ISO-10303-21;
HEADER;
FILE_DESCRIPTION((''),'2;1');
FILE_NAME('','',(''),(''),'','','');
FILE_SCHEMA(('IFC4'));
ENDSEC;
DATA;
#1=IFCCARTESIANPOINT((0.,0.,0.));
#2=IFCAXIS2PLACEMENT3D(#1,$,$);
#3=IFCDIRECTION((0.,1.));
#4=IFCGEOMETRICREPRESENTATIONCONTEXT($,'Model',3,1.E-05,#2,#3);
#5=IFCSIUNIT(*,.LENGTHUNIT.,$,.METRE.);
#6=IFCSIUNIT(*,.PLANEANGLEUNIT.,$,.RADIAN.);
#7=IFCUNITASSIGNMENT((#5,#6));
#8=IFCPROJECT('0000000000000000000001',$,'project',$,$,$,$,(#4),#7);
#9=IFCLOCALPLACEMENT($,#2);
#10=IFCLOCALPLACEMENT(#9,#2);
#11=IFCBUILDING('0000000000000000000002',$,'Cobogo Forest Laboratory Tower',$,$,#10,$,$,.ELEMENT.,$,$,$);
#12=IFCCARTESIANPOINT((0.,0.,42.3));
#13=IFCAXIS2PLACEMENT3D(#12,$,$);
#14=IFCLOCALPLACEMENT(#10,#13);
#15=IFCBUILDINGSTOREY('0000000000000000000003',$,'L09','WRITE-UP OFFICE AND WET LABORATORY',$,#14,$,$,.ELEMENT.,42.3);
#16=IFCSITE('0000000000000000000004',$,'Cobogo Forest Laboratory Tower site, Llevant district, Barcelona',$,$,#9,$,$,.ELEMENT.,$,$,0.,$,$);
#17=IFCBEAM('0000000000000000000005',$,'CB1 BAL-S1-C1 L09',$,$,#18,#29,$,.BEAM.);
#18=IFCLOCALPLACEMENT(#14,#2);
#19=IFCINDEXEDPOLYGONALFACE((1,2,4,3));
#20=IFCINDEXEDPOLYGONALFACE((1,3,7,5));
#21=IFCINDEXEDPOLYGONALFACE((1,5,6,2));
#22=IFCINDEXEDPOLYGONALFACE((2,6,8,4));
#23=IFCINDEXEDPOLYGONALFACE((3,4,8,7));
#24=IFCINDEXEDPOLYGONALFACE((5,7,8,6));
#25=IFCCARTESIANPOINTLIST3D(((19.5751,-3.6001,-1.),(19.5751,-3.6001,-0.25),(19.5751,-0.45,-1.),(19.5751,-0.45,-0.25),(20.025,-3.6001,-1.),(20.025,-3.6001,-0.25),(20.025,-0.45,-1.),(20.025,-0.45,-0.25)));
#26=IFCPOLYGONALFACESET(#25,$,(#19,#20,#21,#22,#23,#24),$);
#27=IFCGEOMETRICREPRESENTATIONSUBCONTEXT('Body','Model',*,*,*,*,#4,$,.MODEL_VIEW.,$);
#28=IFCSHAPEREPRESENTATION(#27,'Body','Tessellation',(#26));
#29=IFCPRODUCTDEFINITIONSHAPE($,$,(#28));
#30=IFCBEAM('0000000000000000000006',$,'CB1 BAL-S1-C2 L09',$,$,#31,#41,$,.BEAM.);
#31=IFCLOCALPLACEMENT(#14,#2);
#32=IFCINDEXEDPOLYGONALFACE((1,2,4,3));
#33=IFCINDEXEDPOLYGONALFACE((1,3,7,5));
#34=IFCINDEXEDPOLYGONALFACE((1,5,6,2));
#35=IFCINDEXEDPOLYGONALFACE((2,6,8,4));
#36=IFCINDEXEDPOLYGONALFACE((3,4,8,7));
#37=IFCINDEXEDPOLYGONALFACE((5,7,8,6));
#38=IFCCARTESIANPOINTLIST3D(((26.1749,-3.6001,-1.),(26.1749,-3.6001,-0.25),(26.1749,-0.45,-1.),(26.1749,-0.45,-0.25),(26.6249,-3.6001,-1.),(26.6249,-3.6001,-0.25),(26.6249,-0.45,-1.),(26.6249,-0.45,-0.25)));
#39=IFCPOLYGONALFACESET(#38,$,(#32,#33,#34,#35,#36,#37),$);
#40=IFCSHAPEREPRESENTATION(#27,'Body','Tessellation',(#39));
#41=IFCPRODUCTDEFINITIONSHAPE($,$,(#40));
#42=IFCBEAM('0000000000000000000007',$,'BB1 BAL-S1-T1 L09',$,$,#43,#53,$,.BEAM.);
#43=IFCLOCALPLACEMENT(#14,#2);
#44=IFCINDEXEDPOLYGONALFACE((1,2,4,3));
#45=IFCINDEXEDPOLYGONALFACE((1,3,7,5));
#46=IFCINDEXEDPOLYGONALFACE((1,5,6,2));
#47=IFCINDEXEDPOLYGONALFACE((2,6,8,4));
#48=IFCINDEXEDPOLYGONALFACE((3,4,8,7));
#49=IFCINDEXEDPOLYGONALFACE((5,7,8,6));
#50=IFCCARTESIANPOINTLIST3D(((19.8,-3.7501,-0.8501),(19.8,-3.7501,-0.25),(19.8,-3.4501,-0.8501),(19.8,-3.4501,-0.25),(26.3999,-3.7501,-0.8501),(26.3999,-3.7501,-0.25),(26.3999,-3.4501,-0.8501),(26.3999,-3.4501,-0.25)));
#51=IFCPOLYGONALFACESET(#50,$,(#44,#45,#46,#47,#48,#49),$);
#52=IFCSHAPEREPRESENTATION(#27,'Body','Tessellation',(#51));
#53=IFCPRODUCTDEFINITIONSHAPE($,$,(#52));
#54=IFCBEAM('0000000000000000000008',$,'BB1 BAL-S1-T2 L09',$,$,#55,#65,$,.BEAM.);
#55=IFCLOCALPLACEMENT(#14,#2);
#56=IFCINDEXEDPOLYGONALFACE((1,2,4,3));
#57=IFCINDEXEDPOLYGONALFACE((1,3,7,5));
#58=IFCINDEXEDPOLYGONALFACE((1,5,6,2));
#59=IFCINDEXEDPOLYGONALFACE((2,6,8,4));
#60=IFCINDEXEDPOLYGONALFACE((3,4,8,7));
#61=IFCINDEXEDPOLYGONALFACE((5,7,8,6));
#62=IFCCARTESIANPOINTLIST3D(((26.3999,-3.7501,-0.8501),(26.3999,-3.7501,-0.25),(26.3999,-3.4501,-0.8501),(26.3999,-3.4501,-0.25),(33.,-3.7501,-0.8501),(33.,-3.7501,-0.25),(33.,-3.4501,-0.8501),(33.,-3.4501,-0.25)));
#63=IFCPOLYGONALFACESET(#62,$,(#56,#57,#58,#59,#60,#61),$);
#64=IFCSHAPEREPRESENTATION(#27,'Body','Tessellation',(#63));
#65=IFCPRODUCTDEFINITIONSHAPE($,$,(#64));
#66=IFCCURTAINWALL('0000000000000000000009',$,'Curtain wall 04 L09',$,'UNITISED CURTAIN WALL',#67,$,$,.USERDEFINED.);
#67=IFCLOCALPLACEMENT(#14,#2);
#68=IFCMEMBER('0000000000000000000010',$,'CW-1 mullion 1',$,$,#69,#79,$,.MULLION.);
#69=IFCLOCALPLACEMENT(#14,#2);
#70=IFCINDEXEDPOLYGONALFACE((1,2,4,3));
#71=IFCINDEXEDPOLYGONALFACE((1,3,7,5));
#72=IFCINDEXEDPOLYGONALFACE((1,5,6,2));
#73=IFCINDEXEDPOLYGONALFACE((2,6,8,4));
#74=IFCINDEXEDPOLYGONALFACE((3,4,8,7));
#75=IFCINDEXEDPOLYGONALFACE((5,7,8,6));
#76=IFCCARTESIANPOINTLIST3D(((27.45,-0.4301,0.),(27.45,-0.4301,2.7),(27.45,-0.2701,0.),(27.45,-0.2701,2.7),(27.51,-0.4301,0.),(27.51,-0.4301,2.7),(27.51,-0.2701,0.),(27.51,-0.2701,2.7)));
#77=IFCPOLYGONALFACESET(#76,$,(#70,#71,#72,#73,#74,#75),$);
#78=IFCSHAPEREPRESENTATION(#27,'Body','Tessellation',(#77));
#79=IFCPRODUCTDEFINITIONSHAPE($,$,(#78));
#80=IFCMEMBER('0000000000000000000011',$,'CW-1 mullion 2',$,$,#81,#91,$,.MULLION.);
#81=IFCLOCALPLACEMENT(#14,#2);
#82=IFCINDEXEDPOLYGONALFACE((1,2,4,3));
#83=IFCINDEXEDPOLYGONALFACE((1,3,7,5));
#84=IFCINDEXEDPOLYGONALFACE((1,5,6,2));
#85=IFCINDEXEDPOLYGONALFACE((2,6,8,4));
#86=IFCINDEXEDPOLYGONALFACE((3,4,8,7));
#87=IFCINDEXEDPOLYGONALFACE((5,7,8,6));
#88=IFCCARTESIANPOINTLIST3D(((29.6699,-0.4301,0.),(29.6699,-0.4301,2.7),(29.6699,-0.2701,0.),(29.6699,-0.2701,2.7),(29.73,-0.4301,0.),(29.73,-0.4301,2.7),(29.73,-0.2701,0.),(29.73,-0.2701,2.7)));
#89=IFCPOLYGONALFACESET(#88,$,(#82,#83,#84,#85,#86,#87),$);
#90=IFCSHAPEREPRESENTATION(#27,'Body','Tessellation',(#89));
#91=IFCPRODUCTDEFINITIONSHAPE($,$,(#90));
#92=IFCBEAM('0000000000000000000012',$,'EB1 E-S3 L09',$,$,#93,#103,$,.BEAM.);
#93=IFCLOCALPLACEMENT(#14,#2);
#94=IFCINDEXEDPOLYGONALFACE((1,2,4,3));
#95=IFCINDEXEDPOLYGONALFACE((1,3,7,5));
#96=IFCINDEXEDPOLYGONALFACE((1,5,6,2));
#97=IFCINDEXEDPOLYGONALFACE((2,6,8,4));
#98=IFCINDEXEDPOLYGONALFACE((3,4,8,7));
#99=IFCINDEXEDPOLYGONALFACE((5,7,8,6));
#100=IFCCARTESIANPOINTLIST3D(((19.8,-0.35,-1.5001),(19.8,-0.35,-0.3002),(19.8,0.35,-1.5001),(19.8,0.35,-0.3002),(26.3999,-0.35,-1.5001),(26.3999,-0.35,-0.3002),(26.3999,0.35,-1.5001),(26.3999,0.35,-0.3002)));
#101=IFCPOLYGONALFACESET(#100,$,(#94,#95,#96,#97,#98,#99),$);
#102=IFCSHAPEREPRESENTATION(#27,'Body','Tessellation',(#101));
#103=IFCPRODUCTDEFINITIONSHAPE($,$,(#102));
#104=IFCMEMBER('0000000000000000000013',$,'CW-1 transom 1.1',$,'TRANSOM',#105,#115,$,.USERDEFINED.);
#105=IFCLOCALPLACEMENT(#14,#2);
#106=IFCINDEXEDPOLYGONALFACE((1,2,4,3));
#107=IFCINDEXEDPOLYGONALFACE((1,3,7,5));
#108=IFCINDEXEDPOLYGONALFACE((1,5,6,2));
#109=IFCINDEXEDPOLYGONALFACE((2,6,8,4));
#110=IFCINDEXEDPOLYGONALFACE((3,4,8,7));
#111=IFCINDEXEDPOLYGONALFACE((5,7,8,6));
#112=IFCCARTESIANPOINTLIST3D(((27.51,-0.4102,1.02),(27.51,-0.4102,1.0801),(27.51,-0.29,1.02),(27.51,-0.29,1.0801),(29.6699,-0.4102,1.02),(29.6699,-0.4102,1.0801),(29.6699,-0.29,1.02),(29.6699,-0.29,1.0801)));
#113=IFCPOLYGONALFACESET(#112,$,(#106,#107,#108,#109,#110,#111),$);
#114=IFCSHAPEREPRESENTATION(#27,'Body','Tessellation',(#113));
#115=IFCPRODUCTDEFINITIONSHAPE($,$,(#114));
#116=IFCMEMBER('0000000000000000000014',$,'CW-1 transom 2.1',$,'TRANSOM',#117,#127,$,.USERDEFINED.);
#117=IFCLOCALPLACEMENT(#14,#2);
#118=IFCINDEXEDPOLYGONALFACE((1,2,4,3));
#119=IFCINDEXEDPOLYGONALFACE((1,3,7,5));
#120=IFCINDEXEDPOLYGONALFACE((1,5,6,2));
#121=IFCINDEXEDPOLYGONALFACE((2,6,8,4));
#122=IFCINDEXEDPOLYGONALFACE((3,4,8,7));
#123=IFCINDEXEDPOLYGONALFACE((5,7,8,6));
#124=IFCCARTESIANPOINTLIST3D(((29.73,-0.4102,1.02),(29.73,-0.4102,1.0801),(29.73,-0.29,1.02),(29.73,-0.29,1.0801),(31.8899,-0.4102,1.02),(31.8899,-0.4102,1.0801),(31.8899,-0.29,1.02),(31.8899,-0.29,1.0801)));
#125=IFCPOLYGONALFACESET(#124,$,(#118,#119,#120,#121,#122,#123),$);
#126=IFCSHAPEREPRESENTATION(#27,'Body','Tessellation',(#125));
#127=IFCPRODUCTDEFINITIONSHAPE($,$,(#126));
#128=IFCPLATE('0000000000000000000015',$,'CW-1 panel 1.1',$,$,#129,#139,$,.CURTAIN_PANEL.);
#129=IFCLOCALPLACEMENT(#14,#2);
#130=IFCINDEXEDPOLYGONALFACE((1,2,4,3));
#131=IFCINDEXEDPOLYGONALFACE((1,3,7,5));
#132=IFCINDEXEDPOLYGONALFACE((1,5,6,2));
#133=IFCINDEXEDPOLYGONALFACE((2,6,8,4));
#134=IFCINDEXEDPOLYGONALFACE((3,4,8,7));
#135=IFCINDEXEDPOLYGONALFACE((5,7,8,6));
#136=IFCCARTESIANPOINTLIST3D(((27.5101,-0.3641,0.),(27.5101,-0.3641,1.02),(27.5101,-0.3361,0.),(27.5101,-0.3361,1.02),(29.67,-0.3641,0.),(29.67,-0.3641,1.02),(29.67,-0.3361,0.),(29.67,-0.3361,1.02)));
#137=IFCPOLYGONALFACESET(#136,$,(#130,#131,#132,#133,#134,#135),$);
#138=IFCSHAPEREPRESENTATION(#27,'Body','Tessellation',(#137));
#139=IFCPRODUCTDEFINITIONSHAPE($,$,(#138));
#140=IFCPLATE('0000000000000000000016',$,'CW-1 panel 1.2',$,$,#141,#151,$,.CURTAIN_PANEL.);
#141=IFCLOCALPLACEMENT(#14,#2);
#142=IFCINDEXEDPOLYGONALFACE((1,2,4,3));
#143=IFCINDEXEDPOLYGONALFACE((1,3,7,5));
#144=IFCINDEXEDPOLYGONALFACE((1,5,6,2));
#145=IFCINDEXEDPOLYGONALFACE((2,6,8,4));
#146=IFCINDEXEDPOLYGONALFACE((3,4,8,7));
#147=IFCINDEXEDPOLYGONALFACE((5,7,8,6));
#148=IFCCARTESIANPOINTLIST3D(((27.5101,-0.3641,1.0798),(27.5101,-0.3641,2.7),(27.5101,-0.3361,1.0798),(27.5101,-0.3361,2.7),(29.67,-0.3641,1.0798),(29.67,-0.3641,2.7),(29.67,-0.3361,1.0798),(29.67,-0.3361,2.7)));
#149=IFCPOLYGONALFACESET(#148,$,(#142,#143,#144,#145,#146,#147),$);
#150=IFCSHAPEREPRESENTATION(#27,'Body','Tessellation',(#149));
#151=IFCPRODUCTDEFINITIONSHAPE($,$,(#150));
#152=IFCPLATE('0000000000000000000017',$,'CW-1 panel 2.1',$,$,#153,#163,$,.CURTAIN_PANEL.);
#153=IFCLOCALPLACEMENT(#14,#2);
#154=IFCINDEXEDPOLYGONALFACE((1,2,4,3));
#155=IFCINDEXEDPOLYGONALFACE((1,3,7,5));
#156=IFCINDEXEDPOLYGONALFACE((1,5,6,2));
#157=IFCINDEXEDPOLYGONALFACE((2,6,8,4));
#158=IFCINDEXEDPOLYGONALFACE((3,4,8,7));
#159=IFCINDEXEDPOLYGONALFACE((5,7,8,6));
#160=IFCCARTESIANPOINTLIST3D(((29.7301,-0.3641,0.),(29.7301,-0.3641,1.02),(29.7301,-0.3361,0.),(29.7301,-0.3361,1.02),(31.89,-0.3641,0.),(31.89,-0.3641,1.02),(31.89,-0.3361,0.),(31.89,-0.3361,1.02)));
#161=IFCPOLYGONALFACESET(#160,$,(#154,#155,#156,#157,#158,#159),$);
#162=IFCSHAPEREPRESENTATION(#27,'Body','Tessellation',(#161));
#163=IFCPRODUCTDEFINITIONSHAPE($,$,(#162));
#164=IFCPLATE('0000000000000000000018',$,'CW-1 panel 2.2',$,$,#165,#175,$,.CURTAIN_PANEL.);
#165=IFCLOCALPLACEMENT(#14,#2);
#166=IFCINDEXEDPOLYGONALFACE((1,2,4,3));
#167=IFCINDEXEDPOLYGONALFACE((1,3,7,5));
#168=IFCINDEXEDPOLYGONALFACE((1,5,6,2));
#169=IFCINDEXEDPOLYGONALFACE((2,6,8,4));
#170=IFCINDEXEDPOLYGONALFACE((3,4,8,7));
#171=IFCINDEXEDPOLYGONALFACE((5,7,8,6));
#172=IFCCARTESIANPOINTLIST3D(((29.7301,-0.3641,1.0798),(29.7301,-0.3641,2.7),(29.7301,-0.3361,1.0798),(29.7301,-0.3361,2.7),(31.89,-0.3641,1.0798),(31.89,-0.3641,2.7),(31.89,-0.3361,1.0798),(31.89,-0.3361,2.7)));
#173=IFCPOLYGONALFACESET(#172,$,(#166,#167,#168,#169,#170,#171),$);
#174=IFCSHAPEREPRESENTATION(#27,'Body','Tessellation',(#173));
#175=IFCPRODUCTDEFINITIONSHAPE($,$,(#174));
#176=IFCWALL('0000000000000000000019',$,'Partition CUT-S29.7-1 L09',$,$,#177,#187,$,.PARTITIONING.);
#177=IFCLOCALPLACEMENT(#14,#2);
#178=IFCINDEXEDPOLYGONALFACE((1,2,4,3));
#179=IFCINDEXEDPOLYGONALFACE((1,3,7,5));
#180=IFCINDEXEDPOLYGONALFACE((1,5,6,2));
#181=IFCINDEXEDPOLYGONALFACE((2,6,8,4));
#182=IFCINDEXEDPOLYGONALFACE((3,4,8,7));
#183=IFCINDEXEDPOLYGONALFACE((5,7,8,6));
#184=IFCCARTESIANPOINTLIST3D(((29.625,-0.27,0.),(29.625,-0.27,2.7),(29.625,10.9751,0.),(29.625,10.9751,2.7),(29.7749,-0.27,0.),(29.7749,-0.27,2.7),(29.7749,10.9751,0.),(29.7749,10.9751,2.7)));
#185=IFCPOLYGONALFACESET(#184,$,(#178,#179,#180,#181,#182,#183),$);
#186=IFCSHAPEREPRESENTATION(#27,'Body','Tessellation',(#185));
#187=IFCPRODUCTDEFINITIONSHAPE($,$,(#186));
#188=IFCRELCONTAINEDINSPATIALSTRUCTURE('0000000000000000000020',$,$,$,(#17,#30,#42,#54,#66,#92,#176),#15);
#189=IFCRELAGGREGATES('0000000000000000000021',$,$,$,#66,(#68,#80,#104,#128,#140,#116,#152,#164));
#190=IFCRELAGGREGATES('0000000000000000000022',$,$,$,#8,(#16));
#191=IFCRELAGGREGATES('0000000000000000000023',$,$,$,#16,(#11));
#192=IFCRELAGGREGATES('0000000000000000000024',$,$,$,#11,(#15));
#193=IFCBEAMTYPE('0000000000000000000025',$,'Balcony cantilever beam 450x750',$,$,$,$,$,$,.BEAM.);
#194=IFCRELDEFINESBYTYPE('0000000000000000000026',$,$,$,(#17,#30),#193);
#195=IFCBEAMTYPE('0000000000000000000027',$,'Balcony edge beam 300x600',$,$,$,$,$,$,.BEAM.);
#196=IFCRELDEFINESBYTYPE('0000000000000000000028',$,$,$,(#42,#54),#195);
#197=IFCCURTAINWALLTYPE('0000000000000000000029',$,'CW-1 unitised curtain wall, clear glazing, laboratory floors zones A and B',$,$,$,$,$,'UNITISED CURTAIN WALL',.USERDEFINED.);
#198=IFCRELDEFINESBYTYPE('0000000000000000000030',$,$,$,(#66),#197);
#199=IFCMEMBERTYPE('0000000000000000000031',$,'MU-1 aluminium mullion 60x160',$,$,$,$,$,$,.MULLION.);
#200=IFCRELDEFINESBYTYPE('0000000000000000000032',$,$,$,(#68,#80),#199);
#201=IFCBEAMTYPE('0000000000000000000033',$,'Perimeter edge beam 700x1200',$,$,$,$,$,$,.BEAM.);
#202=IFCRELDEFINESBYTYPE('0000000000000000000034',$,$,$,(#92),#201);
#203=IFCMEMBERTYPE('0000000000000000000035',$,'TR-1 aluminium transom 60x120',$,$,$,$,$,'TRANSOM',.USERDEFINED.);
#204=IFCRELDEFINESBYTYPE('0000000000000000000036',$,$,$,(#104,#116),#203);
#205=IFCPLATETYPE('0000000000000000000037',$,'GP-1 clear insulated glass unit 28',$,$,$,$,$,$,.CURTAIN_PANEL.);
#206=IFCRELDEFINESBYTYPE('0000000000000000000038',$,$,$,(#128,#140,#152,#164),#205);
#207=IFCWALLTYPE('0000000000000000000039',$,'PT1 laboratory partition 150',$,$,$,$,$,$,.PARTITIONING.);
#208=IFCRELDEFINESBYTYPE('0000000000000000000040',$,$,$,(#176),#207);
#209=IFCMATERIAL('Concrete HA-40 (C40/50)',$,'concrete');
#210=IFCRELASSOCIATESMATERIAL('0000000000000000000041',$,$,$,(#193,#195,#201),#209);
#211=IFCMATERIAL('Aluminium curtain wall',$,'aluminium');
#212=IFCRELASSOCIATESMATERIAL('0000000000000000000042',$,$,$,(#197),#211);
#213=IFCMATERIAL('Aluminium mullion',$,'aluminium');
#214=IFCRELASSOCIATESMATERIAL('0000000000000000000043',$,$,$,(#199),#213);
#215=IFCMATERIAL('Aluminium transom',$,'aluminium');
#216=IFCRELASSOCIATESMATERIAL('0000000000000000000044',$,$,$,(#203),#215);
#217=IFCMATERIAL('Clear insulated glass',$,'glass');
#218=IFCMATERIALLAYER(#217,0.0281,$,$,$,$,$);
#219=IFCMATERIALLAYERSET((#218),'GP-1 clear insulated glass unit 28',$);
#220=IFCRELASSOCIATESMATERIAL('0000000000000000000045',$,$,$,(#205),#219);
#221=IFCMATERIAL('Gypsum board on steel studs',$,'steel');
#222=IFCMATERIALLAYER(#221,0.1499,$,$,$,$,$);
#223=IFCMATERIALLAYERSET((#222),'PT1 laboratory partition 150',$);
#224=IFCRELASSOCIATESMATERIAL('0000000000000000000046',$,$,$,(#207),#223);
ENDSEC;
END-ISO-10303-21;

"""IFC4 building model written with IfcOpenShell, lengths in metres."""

from ifc_helpers import new_model, si_unit, direction, frame, frame_2d, origin, origin_2d, place, context, subcontext, project, spatial, rectangle, extrude, material, layer, layer_set, material_profile, profile_set, type_object, element, aggregate, save


model = new_model("IFC4")

# Units and contexts
model_context = context("Model", 3, precision=1e-05, world=origin(), true_north=direction((0.0, 1.0)))
body_context = subcontext(model_context, "Body", "Model", "MODEL_VIEW")
ifc_project = project(units=[si_unit("LENGTHUNIT", "METRE"), si_unit("PLANEANGLEUNIT", "RADIAN")], contexts=[model_context])

# Site, building, storey
site_placement = place(None, origin())
site = spatial("IfcSite", under=ifc_project, at=site_placement, Name="Cobogo Forest Laboratory Tower site, Llevant district, Barcelona", CompositionType="ELEMENT", RefElevation=0.0)
building_placement = place(site_placement, origin())
building = spatial("IfcBuilding", under=site, at=building_placement, Name="Cobogo Forest Laboratory Tower", CompositionType="ELEMENT")
storey_placement = place(building_placement, frame((0.0, 0.0, 42.3)))
storey = spatial("IfcBuildingStorey", under=building, at=storey_placement, Name="L09", Description="WRITE-UP OFFICE AND WET LABORATORY", CompositionType="ELEMENT", Elevation=42.3)

# Beams
ifc_material_1 = material(Name="Concrete HA-40 (C40/50)", Category="concrete")
ifc_material_profile_1 = material_profile(ifc_material_1, rectangle(XDim=0.45, YDim=0.75, at=origin_2d()), Name="RC 450x750")
ifc_profile_set_1 = profile_set([ifc_material_profile_1], Name="Concrete HA-40 (C40/50)")
beam_type_1 = type_object("IfcBeamType", Name="Balcony cantilever beam 450x750", PredefinedType="BEAM", material=ifc_profile_set_1)
for number, where, z_axis, x_axis, name in (
    (1, (19.8, -0.45, -0.625), (0.0, -1.0, 0.0), (1.0, 0.0, 0.0), "CB1 BAL-S1-C1 L09"),
    (2, (26.3999, -0.45, -0.625), (0.0, -1.0, 0.0), (1.0, 0.0, 0.0), "CB1 BAL-S1-C2 L09"),
):
    element("IfcBeam", number, at=place(storey_placement, frame(where, z_axis=z_axis, x_axis=x_axis)), inside=storey, type_object=beam_type_1, Name=name, PredefinedType="BEAM", context=body_context, shape_type="SweptSolid", body=[
        extrude(rectangle(XDim=0.45, YDim=0.75, at=origin_2d()), origin(), (0.0, 0.0, 1.0), 3.1501),
    ])
ifc_material_profile_2 = material_profile(ifc_material_1, rectangle(XDim=0.3, YDim=0.6001, at=origin_2d()), Name="RC 300x600")
ifc_profile_set_2 = profile_set([ifc_material_profile_2], Name="Concrete HA-40 (C40/50)")
beam_type_2 = type_object("IfcBeamType", Name="Balcony edge beam 300x600", PredefinedType="BEAM", material=ifc_profile_set_2)
beam_1_placement = place(storey_placement, frame((19.8, -3.6001, -0.55), z_axis=(1.0, 0.0, 0.0), x_axis=(0.0, 1.0, 0.0)))
element("IfcBeam", 3, at=beam_1_placement, inside=storey, type_object=beam_type_2, Name="BB1 BAL-S1-T1 L09", PredefinedType="BEAM", context=body_context, shape_type="SweptSolid", body=[
    extrude(rectangle(XDim=0.3, YDim=0.6001, at=origin_2d()), origin(), (0.0, 0.0, 1.0), 6.5999),
])
beam_2_placement = place(storey_placement, frame((26.3999, -3.6001, -0.55), z_axis=(1.0, 0.0, 0.0), x_axis=(0.0, 1.0, 0.0)))
element("IfcBeam", 4, at=beam_2_placement, inside=storey, type_object=beam_type_2, Name="BB1 BAL-S1-T2 L09", PredefinedType="BEAM", context=body_context, shape_type="SweptSolid", body=[
    extrude(rectangle(XDim=0.3, YDim=0.6001, at=origin_2d()), origin(), (0.0, 0.0, 1.0), 6.6001),
])

# Curtain wall, members
ifc_material_2 = material(Name="Aluminium curtain wall", Category="aluminium")
curtain_wall_type = type_object("IfcCurtainWallType", Name="CW-1 unitised curtain wall, clear glazing, laboratory floors zones A and B", ElementType="UNITISED CURTAIN WALL", PredefinedType="USERDEFINED", material=ifc_material_2)
curtain_wall_placement = place(storey_placement, origin())
curtain_wall = element("IfcCurtainWall", 5, at=curtain_wall_placement, inside=storey, type_object=curtain_wall_type, Name="Curtain wall 04 L09", ObjectType="UNITISED CURTAIN WALL", PredefinedType="USERDEFINED")
ifc_material_3 = material(Name="Aluminium mullion", Category="aluminium")
ifc_material_profile_3 = material_profile(ifc_material_3, rectangle(XDim=0.0601, YDim=0.1599, at=origin_2d()), Name="AL 60x160")
ifc_profile_set_3 = profile_set([ifc_material_profile_3], Name="Aluminium mullion")
member_type_1 = type_object("IfcMemberType", Name="MU-1 aluminium mullion 60x160", PredefinedType="MULLION", material=ifc_profile_set_3)
member_1_placement = place(storey_placement, frame((27.48, -0.3501, 0.0), z_axis=(0.0, 0.0, 1.0), x_axis=(1.0, 0.0, 0.0)))
member_1 = element("IfcMember", 6, at=member_1_placement, type_object=member_type_1, Name="CW-1 mullion 1", PredefinedType="MULLION", context=body_context, shape_type="SweptSolid", body=[
    extrude(rectangle(XDim=0.0601, YDim=0.1599, at=origin_2d()), origin(), (0.0, 0.0, 1.0), 2.7),
])
member_2_placement = place(storey_placement, frame((29.7, -0.3501, 0.0), z_axis=(0.0, 0.0, 1.0), x_axis=(1.0, 0.0, 0.0)))
member_2 = element("IfcMember", 7, at=member_2_placement, type_object=member_type_1, Name="CW-1 mullion 2", PredefinedType="MULLION", context=body_context, shape_type="SweptSolid", body=[
    extrude(rectangle(XDim=0.0601, YDim=0.1599, at=origin_2d()), origin(), (0.0, 0.0, 1.0), 2.7),
])

# Beam
ifc_material_profile_4 = material_profile(ifc_material_1, rectangle(XDim=0.7, YDim=1.2, at=origin_2d()), Name="RC 700x1200")
ifc_profile_set_4 = profile_set([ifc_material_profile_4], Name="Concrete HA-40 (C40/50)")
beam_type_3 = type_object("IfcBeamType", Name="Perimeter edge beam 700x1200", PredefinedType="BEAM", material=ifc_profile_set_4)
beam_3_placement = place(storey_placement, frame((19.8, 0.0, -0.9001), z_axis=(1.0, 0.0, 0.0), x_axis=(0.0, 1.0, 0.0)))
element("IfcBeam", 8, at=beam_3_placement, inside=storey, type_object=beam_type_3, Name="EB1 E-S3 L09", PredefinedType="BEAM", context=body_context, shape_type="SweptSolid", body=[
    extrude(rectangle(XDim=0.7, YDim=1.2, at=origin_2d()), origin(), (0.0, 0.0, 1.0), 6.5999),
])

# Members
ifc_material_4 = material(Name="Aluminium transom", Category="aluminium")
ifc_material_profile_5 = material_profile(ifc_material_4, rectangle(XDim=0.1201, YDim=0.0601, at=origin_2d()), Name="AL 60x120")
ifc_profile_set_5 = profile_set([ifc_material_profile_5], Name="Aluminium transom")
member_type_2 = type_object("IfcMemberType", Name="TR-1 aluminium transom 60x120", ElementType="TRANSOM", PredefinedType="USERDEFINED", material=ifc_profile_set_5)
member_3_placement = place(storey_placement, frame((27.51, -0.3501, 1.05), z_axis=(1.0, 0.0, 0.0), x_axis=(0.0, 1.0, 0.0)))
member_3 = element("IfcMember", 9, at=member_3_placement, type_object=member_type_2, Name="CW-1 transom 1.1", ObjectType="TRANSOM", PredefinedType="USERDEFINED", context=body_context, shape_type="SweptSolid", body=[
    extrude(rectangle(XDim=0.1201, YDim=0.0601, at=origin_2d()), origin(), (0.0, 0.0, 1.0), 2.1599),
])
member_4_placement = place(storey_placement, frame((29.73, -0.3501, 1.05), z_axis=(1.0, 0.0, 0.0), x_axis=(0.0, 1.0, 0.0)))
member_4 = element("IfcMember", 10, at=member_4_placement, type_object=member_type_2, Name="CW-1 transom 2.1", ObjectType="TRANSOM", PredefinedType="USERDEFINED", context=body_context, shape_type="SweptSolid", body=[
    extrude(rectangle(XDim=0.1201, YDim=0.0601, at=origin_2d()), origin(), (0.0, 0.0, 1.0), 2.1599),
])

# Plates
ifc_material_5 = material(Name="Clear insulated glass", Category="glass")
ifc_layer_1 = layer(ifc_material_5, 0.0281)
ifc_layer_set_1 = layer_set([ifc_layer_1], Name="GP-1 clear insulated glass unit 28")
plate_type = type_object("IfcPlateType", Name="GP-1 clear insulated glass unit 28", PredefinedType="CURTAIN_PANEL", material=ifc_layer_set_1)
plate_1_placement = place(storey_placement, frame((28.5901, -0.3501, 0.0), z_axis=(0.0, 0.0, 1.0), x_axis=(1.0, 0.0, 0.0)))
plate_1 = element("IfcPlate", 11, at=plate_1_placement, type_object=plate_type, Name="CW-1 panel 1.1", PredefinedType="CURTAIN_PANEL", context=body_context, shape_type="SweptSolid", body=[
    extrude(rectangle(XDim=2.1599, YDim=0.0281, at=origin_2d()), origin(), (0.0, 0.0, 1.0), 1.02),
])
plate_2_placement = place(storey_placement, frame((28.5901, -0.3501, 1.0798), z_axis=(0.0, 0.0, 1.0), x_axis=(1.0, 0.0, 0.0)))
plate_2 = element("IfcPlate", 12, at=plate_2_placement, type_object=plate_type, Name="CW-1 panel 1.2", PredefinedType="CURTAIN_PANEL", context=body_context, shape_type="SweptSolid", body=[
    extrude(rectangle(XDim=2.1599, YDim=0.0281, at=origin_2d()), origin(), (0.0, 0.0, 1.0), 1.6201),
])
plate_3_placement = place(storey_placement, frame((30.8101, -0.3501, 0.0), z_axis=(0.0, 0.0, 1.0), x_axis=(1.0, 0.0, 0.0)))
plate_3 = element("IfcPlate", 13, at=plate_3_placement, type_object=plate_type, Name="CW-1 panel 2.1", PredefinedType="CURTAIN_PANEL", context=body_context, shape_type="SweptSolid", body=[
    extrude(rectangle(XDim=2.1599, YDim=0.0281, at=origin_2d()), origin(), (0.0, 0.0, 1.0), 1.02),
])
plate_4_placement = place(storey_placement, frame((30.8101, -0.3501, 1.0798), z_axis=(0.0, 0.0, 1.0), x_axis=(1.0, 0.0, 0.0)))
plate_4 = element("IfcPlate", 14, at=plate_4_placement, type_object=plate_type, Name="CW-1 panel 2.2", PredefinedType="CURTAIN_PANEL", context=body_context, shape_type="SweptSolid", body=[
    extrude(rectangle(XDim=2.1599, YDim=0.0281, at=origin_2d()), origin(), (0.0, 0.0, 1.0), 1.6201),
])
aggregate(curtain_wall, [member_1, member_2, member_3, plate_1, plate_2, member_4, plate_3, plate_4])

# Wall
ifc_material_6 = material(Name="Gypsum board on steel studs", Category="steel")
ifc_layer_2 = layer(ifc_material_6, 0.1499)
ifc_layer_set_2 = layer_set([ifc_layer_2], Name="PT1 laboratory partition 150")
wall_type_1 = type_object("IfcWallType", Name="PT1 laboratory partition 150", PredefinedType="PARTITIONING", material=ifc_layer_set_2)
wall_1_placement = place(storey_placement, frame((29.7, -0.27, 0.0), z_axis=(0.0, 0.0, 1.0), x_axis=(0.0, 1.0, 0.0)))
element("IfcWall", 15, at=wall_1_placement, inside=storey, type_object=wall_type_1, Name="Partition CUT-S29.7-1 L09", PredefinedType="PARTITIONING", context=body_context, shape_type="SweptSolid", body=[
    extrude(rectangle(XDim=11.2451, YDim=0.1499, at=frame_2d((5.6226, 0.0))), origin(), (0.0, 0.0, 1.0), 2.7),
])

save(model, "model.ifc")
